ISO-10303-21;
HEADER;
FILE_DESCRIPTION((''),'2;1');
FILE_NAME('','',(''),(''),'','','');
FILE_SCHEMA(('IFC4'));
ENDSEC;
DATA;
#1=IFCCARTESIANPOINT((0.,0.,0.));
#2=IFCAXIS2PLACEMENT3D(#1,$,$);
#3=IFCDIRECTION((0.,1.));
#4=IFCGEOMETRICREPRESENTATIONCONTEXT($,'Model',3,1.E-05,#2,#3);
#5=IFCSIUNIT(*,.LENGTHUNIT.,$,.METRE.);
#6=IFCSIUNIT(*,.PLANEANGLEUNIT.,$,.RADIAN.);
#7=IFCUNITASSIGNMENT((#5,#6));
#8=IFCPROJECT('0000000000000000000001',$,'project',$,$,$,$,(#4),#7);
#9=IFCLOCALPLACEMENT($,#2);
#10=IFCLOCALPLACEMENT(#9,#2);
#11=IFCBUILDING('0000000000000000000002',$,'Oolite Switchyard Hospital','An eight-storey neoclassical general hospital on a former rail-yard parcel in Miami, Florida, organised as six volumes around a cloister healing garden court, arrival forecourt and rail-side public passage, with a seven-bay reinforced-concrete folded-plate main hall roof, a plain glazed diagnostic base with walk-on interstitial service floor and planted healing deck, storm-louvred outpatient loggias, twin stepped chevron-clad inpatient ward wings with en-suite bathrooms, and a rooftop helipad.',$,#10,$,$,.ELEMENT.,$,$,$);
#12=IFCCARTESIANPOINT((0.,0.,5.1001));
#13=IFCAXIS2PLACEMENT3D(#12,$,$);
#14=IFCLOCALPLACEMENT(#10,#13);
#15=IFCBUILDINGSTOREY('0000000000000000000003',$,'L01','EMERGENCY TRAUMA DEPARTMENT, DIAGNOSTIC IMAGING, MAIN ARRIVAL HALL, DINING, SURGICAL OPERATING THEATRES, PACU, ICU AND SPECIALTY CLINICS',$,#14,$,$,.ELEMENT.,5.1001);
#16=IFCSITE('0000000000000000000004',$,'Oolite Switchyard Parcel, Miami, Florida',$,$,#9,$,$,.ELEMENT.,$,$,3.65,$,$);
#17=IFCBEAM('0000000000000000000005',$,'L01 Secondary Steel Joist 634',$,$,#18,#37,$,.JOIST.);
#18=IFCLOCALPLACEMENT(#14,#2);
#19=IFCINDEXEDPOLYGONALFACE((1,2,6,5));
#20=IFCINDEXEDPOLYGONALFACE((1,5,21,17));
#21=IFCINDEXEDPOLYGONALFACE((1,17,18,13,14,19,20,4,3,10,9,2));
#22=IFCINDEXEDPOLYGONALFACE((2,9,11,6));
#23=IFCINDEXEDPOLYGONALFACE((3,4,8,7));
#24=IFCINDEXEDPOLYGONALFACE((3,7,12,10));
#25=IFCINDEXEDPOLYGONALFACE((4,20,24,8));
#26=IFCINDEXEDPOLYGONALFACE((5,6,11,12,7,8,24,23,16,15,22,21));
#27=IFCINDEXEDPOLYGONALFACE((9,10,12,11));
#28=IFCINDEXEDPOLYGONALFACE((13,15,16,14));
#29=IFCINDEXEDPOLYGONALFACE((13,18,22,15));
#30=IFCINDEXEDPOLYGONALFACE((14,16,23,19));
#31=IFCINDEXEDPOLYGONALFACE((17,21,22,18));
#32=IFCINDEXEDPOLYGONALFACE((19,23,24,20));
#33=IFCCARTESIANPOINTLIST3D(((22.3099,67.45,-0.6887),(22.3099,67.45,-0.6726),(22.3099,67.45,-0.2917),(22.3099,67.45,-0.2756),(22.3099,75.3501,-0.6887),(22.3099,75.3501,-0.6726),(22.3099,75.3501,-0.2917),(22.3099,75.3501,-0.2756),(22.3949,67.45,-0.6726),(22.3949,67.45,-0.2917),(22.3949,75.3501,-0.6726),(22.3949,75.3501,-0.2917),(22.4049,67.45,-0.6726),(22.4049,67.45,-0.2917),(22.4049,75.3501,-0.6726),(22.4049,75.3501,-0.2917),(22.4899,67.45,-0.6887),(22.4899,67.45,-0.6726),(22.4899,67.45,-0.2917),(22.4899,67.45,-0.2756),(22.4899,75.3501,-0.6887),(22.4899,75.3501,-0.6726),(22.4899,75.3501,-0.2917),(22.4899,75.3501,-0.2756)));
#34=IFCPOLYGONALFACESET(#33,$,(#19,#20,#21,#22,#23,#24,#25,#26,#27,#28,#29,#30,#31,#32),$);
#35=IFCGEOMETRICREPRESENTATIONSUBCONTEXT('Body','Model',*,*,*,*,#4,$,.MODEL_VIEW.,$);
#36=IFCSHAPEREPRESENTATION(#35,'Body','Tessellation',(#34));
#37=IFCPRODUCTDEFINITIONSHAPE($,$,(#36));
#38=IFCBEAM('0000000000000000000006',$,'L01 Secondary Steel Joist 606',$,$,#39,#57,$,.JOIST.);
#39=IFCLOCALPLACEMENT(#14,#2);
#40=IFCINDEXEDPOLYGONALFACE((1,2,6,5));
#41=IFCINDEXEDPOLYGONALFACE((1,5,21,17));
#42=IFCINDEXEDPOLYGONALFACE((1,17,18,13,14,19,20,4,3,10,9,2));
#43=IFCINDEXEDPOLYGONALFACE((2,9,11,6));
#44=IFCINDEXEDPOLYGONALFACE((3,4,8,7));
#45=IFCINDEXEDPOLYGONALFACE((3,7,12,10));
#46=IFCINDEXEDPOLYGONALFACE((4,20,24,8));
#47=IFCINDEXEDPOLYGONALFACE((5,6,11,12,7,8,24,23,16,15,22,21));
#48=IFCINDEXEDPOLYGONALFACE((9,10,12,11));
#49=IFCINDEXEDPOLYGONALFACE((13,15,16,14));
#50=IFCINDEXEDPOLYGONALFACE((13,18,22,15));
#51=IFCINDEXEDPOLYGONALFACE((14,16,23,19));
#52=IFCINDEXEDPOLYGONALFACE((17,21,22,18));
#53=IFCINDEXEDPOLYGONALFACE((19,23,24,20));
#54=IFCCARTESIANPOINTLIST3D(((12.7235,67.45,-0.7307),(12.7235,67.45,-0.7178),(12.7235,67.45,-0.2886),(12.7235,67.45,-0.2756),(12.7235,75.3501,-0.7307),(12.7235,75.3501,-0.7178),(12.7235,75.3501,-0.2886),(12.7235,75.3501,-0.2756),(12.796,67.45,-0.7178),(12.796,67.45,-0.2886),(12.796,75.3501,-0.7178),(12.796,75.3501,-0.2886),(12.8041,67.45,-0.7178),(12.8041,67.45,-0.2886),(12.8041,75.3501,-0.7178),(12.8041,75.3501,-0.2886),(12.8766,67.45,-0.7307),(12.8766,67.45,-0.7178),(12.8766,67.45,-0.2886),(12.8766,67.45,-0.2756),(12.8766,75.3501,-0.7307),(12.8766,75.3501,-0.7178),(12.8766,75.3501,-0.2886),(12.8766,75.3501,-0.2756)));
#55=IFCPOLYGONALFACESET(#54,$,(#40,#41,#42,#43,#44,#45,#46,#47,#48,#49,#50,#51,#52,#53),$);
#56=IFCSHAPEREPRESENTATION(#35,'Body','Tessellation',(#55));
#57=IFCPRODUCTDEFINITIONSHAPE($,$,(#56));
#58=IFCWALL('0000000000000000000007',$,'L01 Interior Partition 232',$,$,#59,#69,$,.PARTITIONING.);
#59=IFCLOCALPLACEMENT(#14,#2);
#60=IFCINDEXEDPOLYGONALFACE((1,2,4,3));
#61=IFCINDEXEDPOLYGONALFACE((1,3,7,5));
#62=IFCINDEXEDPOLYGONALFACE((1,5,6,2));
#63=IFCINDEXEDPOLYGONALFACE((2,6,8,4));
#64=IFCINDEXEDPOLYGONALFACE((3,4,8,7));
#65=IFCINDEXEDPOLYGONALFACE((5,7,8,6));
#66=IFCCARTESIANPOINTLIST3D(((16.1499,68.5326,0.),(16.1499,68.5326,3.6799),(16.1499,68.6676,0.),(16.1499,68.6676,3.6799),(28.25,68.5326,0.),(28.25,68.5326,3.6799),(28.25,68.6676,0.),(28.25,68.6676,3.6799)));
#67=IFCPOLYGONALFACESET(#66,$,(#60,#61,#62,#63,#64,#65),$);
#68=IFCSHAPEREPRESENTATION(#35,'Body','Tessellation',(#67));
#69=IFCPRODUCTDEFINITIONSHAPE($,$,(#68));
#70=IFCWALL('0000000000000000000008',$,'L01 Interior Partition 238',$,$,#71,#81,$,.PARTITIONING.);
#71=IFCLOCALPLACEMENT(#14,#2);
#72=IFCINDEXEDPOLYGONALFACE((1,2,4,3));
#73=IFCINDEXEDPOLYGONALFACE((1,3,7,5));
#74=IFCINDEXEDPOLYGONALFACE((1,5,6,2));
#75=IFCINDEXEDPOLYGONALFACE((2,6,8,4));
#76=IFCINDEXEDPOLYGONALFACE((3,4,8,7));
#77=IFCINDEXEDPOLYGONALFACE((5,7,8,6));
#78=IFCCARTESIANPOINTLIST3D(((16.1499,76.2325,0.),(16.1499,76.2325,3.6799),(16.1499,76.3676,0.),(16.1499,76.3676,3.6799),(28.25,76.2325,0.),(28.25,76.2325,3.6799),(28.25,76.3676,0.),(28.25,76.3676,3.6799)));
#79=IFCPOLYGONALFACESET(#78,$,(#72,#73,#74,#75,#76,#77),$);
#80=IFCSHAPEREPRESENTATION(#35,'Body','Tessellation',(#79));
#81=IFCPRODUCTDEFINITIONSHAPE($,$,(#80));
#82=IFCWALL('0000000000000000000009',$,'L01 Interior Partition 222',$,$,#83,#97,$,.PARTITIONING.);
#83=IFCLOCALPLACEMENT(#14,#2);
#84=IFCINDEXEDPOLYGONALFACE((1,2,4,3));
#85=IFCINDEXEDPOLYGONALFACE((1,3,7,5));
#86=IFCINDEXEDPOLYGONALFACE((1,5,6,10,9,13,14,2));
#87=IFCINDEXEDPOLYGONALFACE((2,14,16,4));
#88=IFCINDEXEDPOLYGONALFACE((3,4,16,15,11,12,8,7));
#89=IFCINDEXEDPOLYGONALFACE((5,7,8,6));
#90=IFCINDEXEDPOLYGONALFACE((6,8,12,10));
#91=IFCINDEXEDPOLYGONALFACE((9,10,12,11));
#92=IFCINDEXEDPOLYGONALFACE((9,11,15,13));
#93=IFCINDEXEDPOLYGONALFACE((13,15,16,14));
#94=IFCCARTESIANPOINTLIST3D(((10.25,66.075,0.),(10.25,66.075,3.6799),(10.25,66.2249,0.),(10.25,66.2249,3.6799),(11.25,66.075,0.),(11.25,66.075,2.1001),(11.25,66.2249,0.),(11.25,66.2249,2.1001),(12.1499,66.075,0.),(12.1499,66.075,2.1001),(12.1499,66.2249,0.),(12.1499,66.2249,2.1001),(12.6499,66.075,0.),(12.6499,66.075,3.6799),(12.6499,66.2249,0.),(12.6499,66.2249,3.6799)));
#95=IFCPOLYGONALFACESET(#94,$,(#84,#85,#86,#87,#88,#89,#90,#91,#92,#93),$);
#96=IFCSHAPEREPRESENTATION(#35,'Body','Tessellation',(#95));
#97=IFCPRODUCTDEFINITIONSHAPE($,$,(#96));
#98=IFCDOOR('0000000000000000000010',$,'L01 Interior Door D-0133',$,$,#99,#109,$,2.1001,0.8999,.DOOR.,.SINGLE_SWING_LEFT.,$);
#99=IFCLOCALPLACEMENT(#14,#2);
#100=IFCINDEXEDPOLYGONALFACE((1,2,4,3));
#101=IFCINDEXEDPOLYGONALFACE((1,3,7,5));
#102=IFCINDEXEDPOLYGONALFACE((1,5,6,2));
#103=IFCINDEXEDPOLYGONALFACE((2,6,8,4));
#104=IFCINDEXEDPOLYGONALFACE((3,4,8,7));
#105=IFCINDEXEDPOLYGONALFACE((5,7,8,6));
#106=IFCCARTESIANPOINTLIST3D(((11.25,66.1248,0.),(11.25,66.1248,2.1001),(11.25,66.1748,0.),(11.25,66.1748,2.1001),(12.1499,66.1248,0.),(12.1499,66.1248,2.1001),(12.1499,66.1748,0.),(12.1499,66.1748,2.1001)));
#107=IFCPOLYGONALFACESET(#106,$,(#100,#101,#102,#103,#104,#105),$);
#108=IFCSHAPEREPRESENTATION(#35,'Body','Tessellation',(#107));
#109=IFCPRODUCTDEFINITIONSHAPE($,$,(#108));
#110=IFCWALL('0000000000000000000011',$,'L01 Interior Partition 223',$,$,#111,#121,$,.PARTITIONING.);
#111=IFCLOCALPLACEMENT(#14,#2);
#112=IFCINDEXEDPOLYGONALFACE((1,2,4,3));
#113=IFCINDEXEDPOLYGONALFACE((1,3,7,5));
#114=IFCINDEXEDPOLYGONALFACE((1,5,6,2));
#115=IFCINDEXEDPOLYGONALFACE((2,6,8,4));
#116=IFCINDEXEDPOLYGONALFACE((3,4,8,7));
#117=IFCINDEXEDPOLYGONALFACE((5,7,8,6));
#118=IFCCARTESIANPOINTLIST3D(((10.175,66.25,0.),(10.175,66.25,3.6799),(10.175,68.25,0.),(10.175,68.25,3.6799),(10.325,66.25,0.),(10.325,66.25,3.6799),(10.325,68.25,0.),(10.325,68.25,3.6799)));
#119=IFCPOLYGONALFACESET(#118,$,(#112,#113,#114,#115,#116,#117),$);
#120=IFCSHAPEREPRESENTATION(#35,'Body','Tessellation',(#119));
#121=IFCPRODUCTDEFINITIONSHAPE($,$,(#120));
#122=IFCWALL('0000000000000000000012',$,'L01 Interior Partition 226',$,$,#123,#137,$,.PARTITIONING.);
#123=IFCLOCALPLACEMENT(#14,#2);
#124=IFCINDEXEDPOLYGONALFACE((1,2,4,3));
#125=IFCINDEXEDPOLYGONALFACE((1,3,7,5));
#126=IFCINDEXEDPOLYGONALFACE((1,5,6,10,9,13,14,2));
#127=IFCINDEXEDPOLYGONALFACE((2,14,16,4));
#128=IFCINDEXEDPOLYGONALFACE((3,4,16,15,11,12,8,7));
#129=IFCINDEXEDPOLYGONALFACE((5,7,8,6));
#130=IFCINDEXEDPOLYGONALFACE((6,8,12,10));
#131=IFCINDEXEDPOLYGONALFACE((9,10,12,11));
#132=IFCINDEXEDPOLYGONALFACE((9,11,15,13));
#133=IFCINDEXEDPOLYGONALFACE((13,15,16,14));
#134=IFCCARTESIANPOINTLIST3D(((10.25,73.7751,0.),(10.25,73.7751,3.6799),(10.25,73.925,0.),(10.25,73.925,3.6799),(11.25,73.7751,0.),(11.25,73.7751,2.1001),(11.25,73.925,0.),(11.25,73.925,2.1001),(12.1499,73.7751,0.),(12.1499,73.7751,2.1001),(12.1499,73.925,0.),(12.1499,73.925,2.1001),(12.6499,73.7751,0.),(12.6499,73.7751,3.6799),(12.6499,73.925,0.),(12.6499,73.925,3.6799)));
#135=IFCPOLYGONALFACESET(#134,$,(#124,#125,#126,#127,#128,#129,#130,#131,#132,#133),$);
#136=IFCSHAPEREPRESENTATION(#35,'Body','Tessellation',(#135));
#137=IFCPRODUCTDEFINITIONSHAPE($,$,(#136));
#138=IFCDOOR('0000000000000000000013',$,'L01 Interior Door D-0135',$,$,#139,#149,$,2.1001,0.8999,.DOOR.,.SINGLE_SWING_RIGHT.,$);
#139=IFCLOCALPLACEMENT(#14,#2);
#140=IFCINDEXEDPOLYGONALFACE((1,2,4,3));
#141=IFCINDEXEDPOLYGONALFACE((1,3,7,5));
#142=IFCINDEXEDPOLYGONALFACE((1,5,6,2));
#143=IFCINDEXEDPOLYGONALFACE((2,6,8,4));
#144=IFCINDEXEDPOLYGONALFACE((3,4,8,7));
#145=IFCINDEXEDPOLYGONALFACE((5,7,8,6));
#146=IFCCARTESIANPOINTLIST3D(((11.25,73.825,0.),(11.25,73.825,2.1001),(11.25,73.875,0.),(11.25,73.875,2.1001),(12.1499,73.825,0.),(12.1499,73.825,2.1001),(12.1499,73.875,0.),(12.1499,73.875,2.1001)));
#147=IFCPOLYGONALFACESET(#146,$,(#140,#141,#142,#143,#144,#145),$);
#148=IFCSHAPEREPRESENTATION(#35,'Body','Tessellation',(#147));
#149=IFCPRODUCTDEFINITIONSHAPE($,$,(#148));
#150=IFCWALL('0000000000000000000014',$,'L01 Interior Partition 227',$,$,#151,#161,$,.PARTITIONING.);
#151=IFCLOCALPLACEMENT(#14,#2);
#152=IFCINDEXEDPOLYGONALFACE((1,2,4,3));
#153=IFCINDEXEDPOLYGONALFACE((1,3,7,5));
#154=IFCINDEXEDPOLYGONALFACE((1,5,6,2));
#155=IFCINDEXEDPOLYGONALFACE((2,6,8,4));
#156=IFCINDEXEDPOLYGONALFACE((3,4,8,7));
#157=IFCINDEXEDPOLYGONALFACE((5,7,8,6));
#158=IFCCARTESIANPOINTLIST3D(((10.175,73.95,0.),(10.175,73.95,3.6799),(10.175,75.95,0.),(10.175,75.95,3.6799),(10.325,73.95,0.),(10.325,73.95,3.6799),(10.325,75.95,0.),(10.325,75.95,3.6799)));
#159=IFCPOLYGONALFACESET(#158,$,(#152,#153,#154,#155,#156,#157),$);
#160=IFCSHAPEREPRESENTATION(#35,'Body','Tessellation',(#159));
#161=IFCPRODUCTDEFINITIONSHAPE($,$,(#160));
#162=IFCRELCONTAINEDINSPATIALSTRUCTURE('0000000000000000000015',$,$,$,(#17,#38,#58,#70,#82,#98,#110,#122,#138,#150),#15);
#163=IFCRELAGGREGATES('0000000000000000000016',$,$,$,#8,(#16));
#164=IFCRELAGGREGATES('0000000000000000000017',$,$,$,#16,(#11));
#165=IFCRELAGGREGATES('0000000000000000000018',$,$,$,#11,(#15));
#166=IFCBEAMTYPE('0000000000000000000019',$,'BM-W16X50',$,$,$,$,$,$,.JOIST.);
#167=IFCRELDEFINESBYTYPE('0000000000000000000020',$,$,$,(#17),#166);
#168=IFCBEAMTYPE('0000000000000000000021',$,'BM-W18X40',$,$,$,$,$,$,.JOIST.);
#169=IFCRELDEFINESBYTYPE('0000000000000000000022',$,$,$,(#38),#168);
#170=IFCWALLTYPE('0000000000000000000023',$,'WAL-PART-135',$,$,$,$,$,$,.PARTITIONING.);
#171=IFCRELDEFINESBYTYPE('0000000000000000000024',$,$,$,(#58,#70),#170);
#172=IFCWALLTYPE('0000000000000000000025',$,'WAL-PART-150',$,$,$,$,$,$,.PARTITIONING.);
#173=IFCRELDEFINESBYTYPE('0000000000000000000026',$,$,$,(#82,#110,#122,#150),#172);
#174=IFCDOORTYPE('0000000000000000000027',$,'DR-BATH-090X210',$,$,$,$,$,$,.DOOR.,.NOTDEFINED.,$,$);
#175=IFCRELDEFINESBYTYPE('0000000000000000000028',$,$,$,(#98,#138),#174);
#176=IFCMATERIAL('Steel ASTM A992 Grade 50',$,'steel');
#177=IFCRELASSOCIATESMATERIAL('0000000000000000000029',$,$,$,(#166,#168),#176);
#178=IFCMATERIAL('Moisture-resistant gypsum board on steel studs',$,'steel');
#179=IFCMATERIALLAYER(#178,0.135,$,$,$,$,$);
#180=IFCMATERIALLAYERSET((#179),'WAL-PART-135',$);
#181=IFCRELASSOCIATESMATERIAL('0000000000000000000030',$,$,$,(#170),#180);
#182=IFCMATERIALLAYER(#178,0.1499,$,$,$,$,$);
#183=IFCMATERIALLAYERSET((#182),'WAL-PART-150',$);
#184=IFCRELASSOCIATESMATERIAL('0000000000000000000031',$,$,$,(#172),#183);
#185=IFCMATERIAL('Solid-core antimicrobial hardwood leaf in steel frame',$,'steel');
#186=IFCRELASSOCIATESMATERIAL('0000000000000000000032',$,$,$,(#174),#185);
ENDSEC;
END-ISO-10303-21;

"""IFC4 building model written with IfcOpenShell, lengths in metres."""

from ifc_helpers import new_model, si_unit, direction, frame, frame_2d, origin, origin_2d, place, context, subcontext, project, spatial, rectangle, i_section, extrude, material, layer, layer_set, material_profile, profile_set, type_object, element, fill, save


model = new_model("IFC4")

# Units and contexts
model_context = context("Model", 3, precision=1e-05, world=origin(), true_north=direction((0.0, 1.0)))
body_context = subcontext(model_context, "Body", "Model", "MODEL_VIEW")
ifc_project = project(units=[si_unit("LENGTHUNIT", "METRE"), si_unit("PLANEANGLEUNIT", "RADIAN")], contexts=[model_context])

# Site, building, storey
site_placement = place(None, origin())
site = spatial("IfcSite", under=ifc_project, at=site_placement, Name="Oolite Switchyard Parcel, Miami, Florida", CompositionType="ELEMENT", RefElevation=3.65)
building_placement = place(site_placement, origin())
building = spatial("IfcBuilding", under=site, at=building_placement, Name="Oolite Switchyard Hospital", Description="An eight-storey neoclassical general hospital on a former rail-yard parcel in Miami, Florida, organised as six volumes around a cloister healing garden court, arrival forecourt and rail-side public passage, with a seven-bay reinforced-concrete folded-plate main hall roof, a plain glazed diagnostic base with walk-on interstitial service floor and planted healing deck, storm-louvred outpatient loggias, twin stepped chevron-clad inpatient ward wings with en-suite bathrooms, and a rooftop helipad.", CompositionType="ELEMENT")
storey_placement = place(building_placement, frame((0.0, 0.0, 5.1001)))
storey = spatial("IfcBuildingStorey", under=building, at=storey_placement, Name="L01", Description="EMERGENCY TRAUMA DEPARTMENT, DIAGNOSTIC IMAGING, MAIN ARRIVAL HALL, DINING, SURGICAL OPERATING THEATRES, PACU, ICU AND SPECIALTY CLINICS", CompositionType="ELEMENT", Elevation=5.1001)

# Beams
ifc_material_1 = material(Name="Steel ASTM A992 Grade 50", Category="steel")
ifc_material_profile_1 = material_profile(ifc_material_1, i_section(OverallWidth=0.1799, OverallDepth=0.4131, WebThickness=0.01, FlangeThickness=0.0161, at=origin_2d()), Name="W16X50")
ifc_profile_set_1 = profile_set([ifc_material_profile_1], Name="Steel ASTM A992 Grade 50")
beam_type_1 = type_object("IfcBeamType", Name="BM-W16X50", PredefinedType="JOIST", material=ifc_profile_set_1)
beam_1_placement = place(storey_placement, frame((22.3999, 67.45, -0.4822), z_axis=(0.0, 1.0, 0.0), x_axis=(-1.0, 0.0, 0.0)))
element("IfcBeam", 1, at=beam_1_placement, inside=storey, type_object=beam_type_1, Name="L01 Secondary Steel Joist 634", PredefinedType="JOIST", context=body_context, shape_type="SweptSolid", body=[
    extrude(i_section(OverallWidth=0.1799, OverallDepth=0.4131, WebThickness=0.01, FlangeThickness=0.0161, at=origin_2d()), origin(), (0.0, 0.0, 1.0), 7.9001),
])
ifc_material_profile_2 = material_profile(ifc_material_1, i_section(OverallWidth=0.1531, OverallDepth=0.4551, WebThickness=0.0081, FlangeThickness=0.0129, at=origin_2d()), Name="W18X40")
ifc_profile_set_2 = profile_set([ifc_material_profile_2], Name="Steel ASTM A992 Grade 50")
beam_type_2 = type_object("IfcBeamType", Name="BM-W18X40", PredefinedType="JOIST", material=ifc_profile_set_2)
beam_2_placement = place(storey_placement, frame((12.8, 67.45, -0.5032), z_axis=(0.0, 1.0, 0.0), x_axis=(-1.0, 0.0, 0.0)))
element("IfcBeam", 2, at=beam_2_placement, inside=storey, type_object=beam_type_2, Name="L01 Secondary Steel Joist 606", PredefinedType="JOIST", context=body_context, shape_type="SweptSolid", body=[
    extrude(i_section(OverallWidth=0.1531, OverallDepth=0.4551, WebThickness=0.0081, FlangeThickness=0.0129, at=origin_2d()), origin(), (0.0, 0.0, 1.0), 7.9001),
])

# Walls
ifc_material_2 = material(Name="Moisture-resistant gypsum board on steel studs", Category="steel")
ifc_layer_1 = layer(ifc_material_2, 0.135)
ifc_layer_set_1 = layer_set([ifc_layer_1], Name="WAL-PART-135")
wall_type_1 = type_object("IfcWallType", Name="WAL-PART-135", PredefinedType="PARTITIONING", material=ifc_layer_set_1)
for number, where, z_axis, x_axis, name in (
    (3, (16.1499, 68.6001, 0.0), (0.0, 0.0, 1.0), (1.0, 0.0, 0.0), "L01 Interior Partition 232"),
    (4, (16.1499, 76.3, 0.0), (0.0, 0.0, 1.0), (1.0, 0.0, 0.0), "L01 Interior Partition 238"),
):
    element("IfcWall", number, at=place(storey_placement, frame(where, z_axis=z_axis, x_axis=x_axis)), inside=storey, type_object=wall_type_1, Name=name, PredefinedType="PARTITIONING", context=body_context, shape_type="SweptSolid", body=[
        extrude(rectangle(XDim=12.1001, YDim=0.135, at=frame_2d((6.05, 0.0))), origin(), (0.0, 0.0, 1.0), 3.6799),
    ])

# Wall, opening, door
ifc_layer_2 = layer(ifc_material_2, 0.1499)
ifc_layer_set_2 = layer_set([ifc_layer_2], Name="WAL-PART-150")
wall_type_2 = type_object("IfcWallType", Name="WAL-PART-150", PredefinedType="PARTITIONING", material=ifc_layer_set_2)
wall_1_placement = place(storey_placement, frame((10.25, 66.1499, 0.0), z_axis=(0.0, 0.0, 1.0), x_axis=(1.0, 0.0, 0.0)))
wall_1 = element("IfcWall", 5, at=wall_1_placement, inside=storey, type_object=wall_type_2, Name="L01 Interior Partition 222", PredefinedType="PARTITIONING", context=body_context, shape_type="SweptSolid", body=[
    extrude(rectangle(XDim=2.3999, YDim=0.1499, at=frame_2d((1.2, 0.0))), origin(), (0.0, 0.0, 1.0), 3.6799),
])
opening_1_placement = place(wall_1_placement, frame((1.0, 0.0, 0.0)))
opening_1 = element("IfcOpeningElement", 6, at=opening_1_placement, cuts=wall_1, PredefinedType="OPENING", context=body_context, shape_type="SweptSolid", body=[
    extrude(rectangle(XDim=0.8999, YDim=2.1001, at=frame_2d((0.45, 1.05))), frame((0.0, 0.085, 0.0), z_axis=(0.0, -1.0, 0.0), x_axis=(1.0, 0.0, 0.0)), (0.0, 0.0, 1.0), 0.1699),
])
ifc_material_3 = material(Name="Solid-core antimicrobial hardwood leaf in steel frame", Category="steel")
door_type_1 = type_object("IfcDoorType", Name="DR-BATH-090X210", OperationType="NOTDEFINED", PredefinedType="DOOR", material=ifc_material_3)
door_1_placement = place(opening_1_placement, origin())
door_1 = element("IfcDoor", 7, at=door_1_placement, inside=storey, type_object=door_type_1, Name="L01 Interior Door D-0133", OperationType="SINGLE_SWING_LEFT", OverallHeight=2.1001, OverallWidth=0.8999, PredefinedType="DOOR", context=body_context, shape_type="SweptSolid", body=[
    extrude(rectangle(XDim=0.8999, YDim=2.1001, at=frame_2d((0.45, 1.05))), frame((0.0, 0.0249, 0.0), z_axis=(0.0, -1.0, 0.0), x_axis=(1.0, 0.0, 0.0)), (0.0, 0.0, 1.0), 0.05),
])
fill(opening_1, door_1)

# Wall
wall_2_placement = place(storey_placement, frame((10.25, 66.25, 0.0), z_axis=(0.0, 0.0, 1.0), x_axis=(0.0, 1.0, 0.0)))
element("IfcWall", 8, at=wall_2_placement, inside=storey, type_object=wall_type_2, Name="L01 Interior Partition 223", PredefinedType="PARTITIONING", context=body_context, shape_type="SweptSolid", body=[
    extrude(rectangle(XDim=2.0, YDim=0.1499, at=frame_2d((1.0, 0.0))), origin(), (0.0, 0.0, 1.0), 3.6799),
])

# Wall, opening, door
wall_3_placement = place(storey_placement, frame((10.25, 73.8501, 0.0), z_axis=(0.0, 0.0, 1.0), x_axis=(1.0, 0.0, 0.0)))
wall_3 = element("IfcWall", 9, at=wall_3_placement, inside=storey, type_object=wall_type_2, Name="L01 Interior Partition 226", PredefinedType="PARTITIONING", context=body_context, shape_type="SweptSolid", body=[
    extrude(rectangle(XDim=2.3999, YDim=0.1499, at=frame_2d((1.2, 0.0))), origin(), (0.0, 0.0, 1.0), 3.6799),
])
opening_2_placement = place(wall_3_placement, frame((1.0, 0.0, 0.0)))
opening_2 = element("IfcOpeningElement", 10, at=opening_2_placement, cuts=wall_3, PredefinedType="OPENING", context=body_context, shape_type="SweptSolid", body=[
    extrude(rectangle(XDim=0.8999, YDim=2.1001, at=frame_2d((0.45, 1.05))), frame((0.0, 0.085, 0.0), z_axis=(0.0, -1.0, 0.0), x_axis=(1.0, 0.0, 0.0)), (0.0, 0.0, 1.0), 0.1699),
])
door_2_placement = place(opening_2_placement, origin())
door_2 = element("IfcDoor", 11, at=door_2_placement, inside=storey, type_object=door_type_1, Name="L01 Interior Door D-0135", OperationType="SINGLE_SWING_RIGHT", OverallHeight=2.1001, OverallWidth=0.8999, PredefinedType="DOOR", context=body_context, shape_type="SweptSolid", body=[
    extrude(rectangle(XDim=0.8999, YDim=2.1001, at=frame_2d((0.45, 1.05))), frame((0.0, 0.0249, 0.0), z_axis=(0.0, -1.0, 0.0), x_axis=(1.0, 0.0, 0.0)), (0.0, 0.0, 1.0), 0.05),
])
fill(opening_2, door_2)

# Wall
wall_4_placement = place(storey_placement, frame((10.25, 73.95, 0.0), z_axis=(0.0, 0.0, 1.0), x_axis=(0.0, 1.0, 0.0)))
element("IfcWall", 12, at=wall_4_placement, inside=storey, type_object=wall_type_2, Name="L01 Interior Partition 227", PredefinedType="PARTITIONING", context=body_context, shape_type="SweptSolid", body=[
    extrude(rectangle(XDim=2.0, YDim=0.1499, at=frame_2d((1.0, 0.0))), origin(), (0.0, 0.0, 1.0), 3.6799),
])

save(model, "model.ifc")
